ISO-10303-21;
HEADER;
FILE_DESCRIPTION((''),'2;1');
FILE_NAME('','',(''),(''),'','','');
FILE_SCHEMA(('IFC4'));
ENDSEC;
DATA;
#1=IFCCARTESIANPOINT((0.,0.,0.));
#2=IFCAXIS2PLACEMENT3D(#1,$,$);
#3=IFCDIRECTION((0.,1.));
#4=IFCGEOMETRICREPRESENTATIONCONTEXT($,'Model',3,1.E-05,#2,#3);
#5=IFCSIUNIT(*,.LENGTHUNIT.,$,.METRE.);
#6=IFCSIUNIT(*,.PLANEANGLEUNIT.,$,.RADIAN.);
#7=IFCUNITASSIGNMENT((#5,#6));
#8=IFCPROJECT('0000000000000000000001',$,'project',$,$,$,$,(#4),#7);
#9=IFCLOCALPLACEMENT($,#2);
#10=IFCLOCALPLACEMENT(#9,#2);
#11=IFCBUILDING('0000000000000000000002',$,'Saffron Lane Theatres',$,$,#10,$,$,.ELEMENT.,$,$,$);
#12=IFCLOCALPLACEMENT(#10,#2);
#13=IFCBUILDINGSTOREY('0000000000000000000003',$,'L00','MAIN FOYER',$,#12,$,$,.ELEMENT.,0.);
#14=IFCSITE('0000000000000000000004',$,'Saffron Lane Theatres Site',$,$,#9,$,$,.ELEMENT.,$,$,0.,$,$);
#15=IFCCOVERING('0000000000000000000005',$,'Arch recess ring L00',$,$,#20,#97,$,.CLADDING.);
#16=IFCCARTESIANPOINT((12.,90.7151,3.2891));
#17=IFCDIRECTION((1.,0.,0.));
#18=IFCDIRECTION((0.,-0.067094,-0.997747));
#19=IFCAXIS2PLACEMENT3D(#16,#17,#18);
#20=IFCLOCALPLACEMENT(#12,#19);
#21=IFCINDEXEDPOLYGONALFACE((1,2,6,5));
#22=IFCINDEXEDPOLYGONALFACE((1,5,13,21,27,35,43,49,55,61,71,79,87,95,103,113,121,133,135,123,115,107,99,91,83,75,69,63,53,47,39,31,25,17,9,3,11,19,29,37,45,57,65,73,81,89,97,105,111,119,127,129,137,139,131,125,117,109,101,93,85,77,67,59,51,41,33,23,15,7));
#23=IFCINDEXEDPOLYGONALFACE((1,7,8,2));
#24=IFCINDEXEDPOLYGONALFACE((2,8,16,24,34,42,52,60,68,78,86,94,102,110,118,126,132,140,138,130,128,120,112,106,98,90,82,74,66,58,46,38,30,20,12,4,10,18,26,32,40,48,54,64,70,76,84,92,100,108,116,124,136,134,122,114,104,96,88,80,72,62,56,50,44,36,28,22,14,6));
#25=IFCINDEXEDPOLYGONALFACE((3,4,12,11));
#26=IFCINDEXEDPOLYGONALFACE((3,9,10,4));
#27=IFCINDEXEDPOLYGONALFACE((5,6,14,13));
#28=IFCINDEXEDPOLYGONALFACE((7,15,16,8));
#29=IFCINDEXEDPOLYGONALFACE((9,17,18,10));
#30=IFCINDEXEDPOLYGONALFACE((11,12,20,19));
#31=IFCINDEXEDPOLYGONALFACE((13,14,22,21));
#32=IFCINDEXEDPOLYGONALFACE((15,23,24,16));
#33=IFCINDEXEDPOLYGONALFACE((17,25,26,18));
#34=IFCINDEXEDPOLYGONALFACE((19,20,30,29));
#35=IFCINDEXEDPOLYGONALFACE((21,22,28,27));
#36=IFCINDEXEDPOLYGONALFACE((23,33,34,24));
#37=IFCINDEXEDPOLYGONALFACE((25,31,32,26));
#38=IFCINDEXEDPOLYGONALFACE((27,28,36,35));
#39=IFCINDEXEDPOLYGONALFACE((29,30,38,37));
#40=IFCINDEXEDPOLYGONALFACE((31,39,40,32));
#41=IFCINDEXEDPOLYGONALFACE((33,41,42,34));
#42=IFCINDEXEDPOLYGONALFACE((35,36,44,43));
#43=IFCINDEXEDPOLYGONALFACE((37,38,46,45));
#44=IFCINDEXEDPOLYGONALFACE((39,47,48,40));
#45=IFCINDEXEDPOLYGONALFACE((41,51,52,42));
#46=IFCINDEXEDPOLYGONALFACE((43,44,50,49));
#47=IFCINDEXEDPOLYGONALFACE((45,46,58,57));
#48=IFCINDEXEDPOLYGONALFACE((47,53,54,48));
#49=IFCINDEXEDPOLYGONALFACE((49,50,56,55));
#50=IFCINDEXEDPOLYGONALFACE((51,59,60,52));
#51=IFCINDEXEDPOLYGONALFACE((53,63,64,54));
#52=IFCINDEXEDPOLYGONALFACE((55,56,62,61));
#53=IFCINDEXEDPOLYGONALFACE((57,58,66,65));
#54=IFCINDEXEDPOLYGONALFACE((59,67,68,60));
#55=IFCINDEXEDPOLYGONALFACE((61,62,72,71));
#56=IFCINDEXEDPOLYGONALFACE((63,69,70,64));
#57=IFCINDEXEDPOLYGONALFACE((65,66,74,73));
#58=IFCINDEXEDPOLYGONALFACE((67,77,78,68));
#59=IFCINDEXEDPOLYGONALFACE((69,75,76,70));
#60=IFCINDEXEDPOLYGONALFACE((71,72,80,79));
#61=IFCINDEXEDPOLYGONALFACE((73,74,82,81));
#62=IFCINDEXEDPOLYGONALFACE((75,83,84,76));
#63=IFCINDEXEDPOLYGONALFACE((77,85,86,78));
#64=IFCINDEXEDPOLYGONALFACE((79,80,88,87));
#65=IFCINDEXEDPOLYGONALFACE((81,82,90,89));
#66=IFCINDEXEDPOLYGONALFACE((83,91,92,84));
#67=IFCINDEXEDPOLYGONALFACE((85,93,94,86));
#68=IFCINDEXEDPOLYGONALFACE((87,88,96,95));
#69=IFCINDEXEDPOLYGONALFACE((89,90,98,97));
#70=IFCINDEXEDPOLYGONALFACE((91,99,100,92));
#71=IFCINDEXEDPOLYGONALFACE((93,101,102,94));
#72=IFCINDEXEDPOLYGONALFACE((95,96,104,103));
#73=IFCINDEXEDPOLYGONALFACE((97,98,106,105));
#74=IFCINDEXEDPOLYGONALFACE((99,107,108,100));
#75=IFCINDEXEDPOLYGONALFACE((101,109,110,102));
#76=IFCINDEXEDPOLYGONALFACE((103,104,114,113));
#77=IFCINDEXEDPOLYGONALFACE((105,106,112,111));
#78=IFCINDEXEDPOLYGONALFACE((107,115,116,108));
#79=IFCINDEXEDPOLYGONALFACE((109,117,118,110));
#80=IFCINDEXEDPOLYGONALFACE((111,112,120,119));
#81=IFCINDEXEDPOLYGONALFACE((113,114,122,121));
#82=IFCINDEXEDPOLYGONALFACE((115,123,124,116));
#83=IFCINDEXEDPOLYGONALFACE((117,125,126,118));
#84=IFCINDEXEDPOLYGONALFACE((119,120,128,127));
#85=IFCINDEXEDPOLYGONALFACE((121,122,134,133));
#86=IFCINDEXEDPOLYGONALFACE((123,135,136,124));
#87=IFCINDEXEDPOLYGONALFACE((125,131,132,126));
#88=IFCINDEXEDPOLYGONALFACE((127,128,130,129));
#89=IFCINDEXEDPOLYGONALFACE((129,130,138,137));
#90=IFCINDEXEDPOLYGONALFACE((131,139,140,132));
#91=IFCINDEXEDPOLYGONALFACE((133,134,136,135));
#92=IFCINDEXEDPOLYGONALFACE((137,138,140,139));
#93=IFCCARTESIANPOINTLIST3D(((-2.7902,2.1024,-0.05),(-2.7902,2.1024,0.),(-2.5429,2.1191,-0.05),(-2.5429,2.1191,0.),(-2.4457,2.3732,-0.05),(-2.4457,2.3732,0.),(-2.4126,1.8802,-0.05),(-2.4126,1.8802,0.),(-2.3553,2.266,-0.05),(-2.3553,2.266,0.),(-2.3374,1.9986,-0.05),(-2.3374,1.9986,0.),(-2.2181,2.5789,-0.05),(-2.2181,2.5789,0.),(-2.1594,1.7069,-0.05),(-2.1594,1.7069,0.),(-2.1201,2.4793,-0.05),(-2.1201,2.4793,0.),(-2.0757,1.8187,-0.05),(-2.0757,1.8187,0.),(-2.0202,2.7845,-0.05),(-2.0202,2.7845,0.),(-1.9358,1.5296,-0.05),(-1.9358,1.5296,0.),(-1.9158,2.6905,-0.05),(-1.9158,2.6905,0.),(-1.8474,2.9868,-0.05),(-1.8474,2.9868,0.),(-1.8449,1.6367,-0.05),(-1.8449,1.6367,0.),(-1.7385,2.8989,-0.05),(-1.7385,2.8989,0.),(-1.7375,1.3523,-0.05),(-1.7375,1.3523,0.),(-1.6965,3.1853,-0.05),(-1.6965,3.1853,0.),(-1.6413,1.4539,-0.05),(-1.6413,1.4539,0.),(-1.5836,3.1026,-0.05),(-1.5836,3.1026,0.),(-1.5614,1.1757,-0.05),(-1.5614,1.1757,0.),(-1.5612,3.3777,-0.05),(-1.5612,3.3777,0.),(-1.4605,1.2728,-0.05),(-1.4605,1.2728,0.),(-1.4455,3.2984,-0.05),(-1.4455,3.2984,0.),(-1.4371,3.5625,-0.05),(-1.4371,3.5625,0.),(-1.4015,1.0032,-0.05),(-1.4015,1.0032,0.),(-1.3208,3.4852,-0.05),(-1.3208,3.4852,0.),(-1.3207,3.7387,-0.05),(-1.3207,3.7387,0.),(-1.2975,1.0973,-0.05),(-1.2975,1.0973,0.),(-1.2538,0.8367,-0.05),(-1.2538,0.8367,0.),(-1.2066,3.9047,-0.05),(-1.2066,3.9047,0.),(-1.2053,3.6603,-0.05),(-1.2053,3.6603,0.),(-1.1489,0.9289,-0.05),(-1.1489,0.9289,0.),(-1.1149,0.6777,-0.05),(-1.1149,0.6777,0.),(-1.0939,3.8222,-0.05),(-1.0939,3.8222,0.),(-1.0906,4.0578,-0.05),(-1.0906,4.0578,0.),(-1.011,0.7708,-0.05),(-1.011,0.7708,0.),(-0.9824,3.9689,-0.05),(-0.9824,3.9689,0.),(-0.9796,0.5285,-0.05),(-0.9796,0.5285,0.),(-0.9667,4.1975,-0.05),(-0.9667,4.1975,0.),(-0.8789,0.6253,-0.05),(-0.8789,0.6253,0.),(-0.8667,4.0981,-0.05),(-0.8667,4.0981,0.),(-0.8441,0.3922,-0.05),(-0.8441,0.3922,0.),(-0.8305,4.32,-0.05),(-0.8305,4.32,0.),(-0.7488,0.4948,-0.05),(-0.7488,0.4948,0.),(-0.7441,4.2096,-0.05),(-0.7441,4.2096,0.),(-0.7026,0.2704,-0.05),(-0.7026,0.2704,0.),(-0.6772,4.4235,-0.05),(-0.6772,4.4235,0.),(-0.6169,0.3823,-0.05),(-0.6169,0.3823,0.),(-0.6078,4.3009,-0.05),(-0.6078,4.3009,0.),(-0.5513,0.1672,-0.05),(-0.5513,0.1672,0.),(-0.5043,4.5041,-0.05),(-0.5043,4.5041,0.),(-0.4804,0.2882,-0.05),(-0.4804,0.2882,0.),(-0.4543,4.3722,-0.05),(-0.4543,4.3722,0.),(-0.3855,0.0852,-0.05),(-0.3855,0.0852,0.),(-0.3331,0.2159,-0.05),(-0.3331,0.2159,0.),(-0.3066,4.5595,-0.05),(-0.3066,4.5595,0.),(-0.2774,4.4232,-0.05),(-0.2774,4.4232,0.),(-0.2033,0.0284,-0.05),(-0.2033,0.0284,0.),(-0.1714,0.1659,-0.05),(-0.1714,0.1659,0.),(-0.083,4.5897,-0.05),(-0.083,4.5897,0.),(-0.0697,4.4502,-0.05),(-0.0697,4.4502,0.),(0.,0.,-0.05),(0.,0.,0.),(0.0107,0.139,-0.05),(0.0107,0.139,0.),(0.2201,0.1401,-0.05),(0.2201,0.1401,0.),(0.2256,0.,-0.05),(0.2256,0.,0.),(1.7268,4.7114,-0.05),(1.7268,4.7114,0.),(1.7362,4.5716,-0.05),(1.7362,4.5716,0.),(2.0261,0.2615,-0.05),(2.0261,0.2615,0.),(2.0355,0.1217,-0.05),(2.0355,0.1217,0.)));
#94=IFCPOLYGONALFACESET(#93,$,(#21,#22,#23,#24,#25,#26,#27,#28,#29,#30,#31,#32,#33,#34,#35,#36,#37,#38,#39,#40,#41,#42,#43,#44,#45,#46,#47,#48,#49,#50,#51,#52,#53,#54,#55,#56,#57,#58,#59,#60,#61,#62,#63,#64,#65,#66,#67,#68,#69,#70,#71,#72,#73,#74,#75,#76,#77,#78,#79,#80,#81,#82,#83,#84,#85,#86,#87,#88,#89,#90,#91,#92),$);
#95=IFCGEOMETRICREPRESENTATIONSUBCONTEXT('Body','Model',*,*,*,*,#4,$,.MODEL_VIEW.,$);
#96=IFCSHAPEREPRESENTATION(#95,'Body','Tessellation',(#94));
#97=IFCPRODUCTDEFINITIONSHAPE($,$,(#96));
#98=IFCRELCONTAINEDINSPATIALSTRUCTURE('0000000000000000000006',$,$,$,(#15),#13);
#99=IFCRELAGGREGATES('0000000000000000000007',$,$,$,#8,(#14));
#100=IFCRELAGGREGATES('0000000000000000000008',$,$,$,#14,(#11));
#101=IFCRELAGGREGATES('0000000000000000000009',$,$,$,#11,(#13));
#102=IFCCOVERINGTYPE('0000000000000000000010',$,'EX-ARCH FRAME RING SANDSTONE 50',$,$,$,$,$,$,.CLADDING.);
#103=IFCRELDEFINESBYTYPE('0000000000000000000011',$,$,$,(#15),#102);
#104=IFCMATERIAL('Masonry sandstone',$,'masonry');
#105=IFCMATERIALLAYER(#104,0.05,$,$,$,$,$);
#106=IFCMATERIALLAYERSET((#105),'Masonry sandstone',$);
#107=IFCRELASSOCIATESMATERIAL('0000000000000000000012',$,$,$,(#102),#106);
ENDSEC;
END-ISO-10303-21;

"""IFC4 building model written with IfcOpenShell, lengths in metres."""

from ifc_helpers import new_model, si_unit, direction, frame, origin, place, context, subcontext, project, spatial, polyline, outline, extrude, material, layer, layer_set, type_object, element, save


model = new_model("IFC4")

# Units and contexts
model_context = context("Model", 3, precision=1e-05, world=origin(), true_north=direction((0.0, 1.0)))
body_context = subcontext(model_context, "Body", "Model", "MODEL_VIEW")
ifc_project = project(units=[si_unit("LENGTHUNIT", "METRE"), si_unit("PLANEANGLEUNIT", "RADIAN")], contexts=[model_context])

# Site, building, storey
site_placement = place(None, origin())
site = spatial("IfcSite", under=ifc_project, at=site_placement, Name="Saffron Lane Theatres Site", CompositionType="ELEMENT", RefElevation=0.0)
building_placement = place(site_placement, origin())
building = spatial("IfcBuilding", under=site, at=building_placement, Name="Saffron Lane Theatres", CompositionType="ELEMENT")
storey_placement = place(building_placement, origin())
storey = spatial("IfcBuildingStorey", under=building, at=storey_placement, Name="L00", Description="MAIN FOYER", CompositionType="ELEMENT", Elevation=0.0)

# Covering
ifc_material_1 = material(Name="Masonry sandstone", Category="masonry")
ifc_layer_1 = layer(ifc_material_1, 0.05)
ifc_layer_set_1 = layer_set([ifc_layer_1], Name="Masonry sandstone")
covering_type_1 = type_object("IfcCoveringType", Name="EX-ARCH FRAME RING SANDSTONE 50", PredefinedType="CLADDING", material=ifc_layer_set_1)
covering_1_placement = place(storey_placement, frame((12.0, 90.7151, 3.2891), z_axis=(1.0, 0.0, 0.0), x_axis=(0.0, -0.067094, -0.997747)))
element("IfcCovering", 1, at=covering_1_placement, inside=storey, type_object=covering_type_1, Name="Arch recess ring L00", PredefinedType="CLADDING", context=body_context, shape_type="SweptSolid", body=[
    extrude(outline(polyline([(0.0, 0.0), (0.2256, 0.0), (2.0355, 0.1217), (2.0261, 0.2615), (0.2201, 0.1401), (0.0107, 0.139), (-0.1714, 0.1659), (-0.3331, 0.2159), (-0.4804, 0.2882), (-0.6169, 0.3823), (-0.7488, 0.4948), (-0.8789, 0.6253), (-1.011, 0.7708), (-1.1489, 0.9289), (-1.2975, 1.0973), (-1.4605, 1.2728), (-1.6413, 1.4539), (-1.8449, 1.6367), (-2.0757, 1.8187), (-2.3374, 1.9986), (-2.5429, 2.1191), (-2.3553, 2.266), (-2.1201, 2.4793), (-1.9158, 2.6905), (-1.7385, 2.8989), (-1.5836, 3.1026), (-1.4455, 3.2984), (-1.3208, 3.4852), (-1.2053, 3.6603), (-1.0939, 3.8222), (-0.9824, 3.9689), (-0.8667, 4.0981), (-0.7441, 4.2096), (-0.6078, 4.3009), (-0.4543, 4.3722), (-0.2774, 4.4232), (-0.0697, 4.4502), (1.7362, 4.5716), (1.7268, 4.7114), (-0.083, 4.5897), (-0.3066, 4.5595), (-0.5043, 4.5041), (-0.6772, 4.4235), (-0.8305, 4.32), (-0.9667, 4.1975), (-1.0906, 4.0578), (-1.2066, 3.9047), (-1.3207, 3.7387), (-1.4371, 3.5625), (-1.5612, 3.3777), (-1.6965, 3.1853), (-1.8474, 2.9868), (-2.0202, 2.7845), (-2.2181, 2.5789), (-2.4457, 2.3732), (-2.7902, 2.1024), (-2.4126, 1.8802), (-2.1594, 1.7069), (-1.9358, 1.5296), (-1.7375, 1.3523), (-1.5614, 1.1757), (-1.4015, 1.0032), (-1.2538, 0.8367), (-1.1149, 0.6777), (-0.9796, 0.5285), (-0.8441, 0.3922), (-0.7026, 0.2704), (-0.5513, 0.1672), (-0.3855, 0.0852), (-0.2033, 0.0284), (0.0, 0.0)])), origin(), (0.0, 0.0, -1.0), 0.05),
])

save(model, "model.ifc")
